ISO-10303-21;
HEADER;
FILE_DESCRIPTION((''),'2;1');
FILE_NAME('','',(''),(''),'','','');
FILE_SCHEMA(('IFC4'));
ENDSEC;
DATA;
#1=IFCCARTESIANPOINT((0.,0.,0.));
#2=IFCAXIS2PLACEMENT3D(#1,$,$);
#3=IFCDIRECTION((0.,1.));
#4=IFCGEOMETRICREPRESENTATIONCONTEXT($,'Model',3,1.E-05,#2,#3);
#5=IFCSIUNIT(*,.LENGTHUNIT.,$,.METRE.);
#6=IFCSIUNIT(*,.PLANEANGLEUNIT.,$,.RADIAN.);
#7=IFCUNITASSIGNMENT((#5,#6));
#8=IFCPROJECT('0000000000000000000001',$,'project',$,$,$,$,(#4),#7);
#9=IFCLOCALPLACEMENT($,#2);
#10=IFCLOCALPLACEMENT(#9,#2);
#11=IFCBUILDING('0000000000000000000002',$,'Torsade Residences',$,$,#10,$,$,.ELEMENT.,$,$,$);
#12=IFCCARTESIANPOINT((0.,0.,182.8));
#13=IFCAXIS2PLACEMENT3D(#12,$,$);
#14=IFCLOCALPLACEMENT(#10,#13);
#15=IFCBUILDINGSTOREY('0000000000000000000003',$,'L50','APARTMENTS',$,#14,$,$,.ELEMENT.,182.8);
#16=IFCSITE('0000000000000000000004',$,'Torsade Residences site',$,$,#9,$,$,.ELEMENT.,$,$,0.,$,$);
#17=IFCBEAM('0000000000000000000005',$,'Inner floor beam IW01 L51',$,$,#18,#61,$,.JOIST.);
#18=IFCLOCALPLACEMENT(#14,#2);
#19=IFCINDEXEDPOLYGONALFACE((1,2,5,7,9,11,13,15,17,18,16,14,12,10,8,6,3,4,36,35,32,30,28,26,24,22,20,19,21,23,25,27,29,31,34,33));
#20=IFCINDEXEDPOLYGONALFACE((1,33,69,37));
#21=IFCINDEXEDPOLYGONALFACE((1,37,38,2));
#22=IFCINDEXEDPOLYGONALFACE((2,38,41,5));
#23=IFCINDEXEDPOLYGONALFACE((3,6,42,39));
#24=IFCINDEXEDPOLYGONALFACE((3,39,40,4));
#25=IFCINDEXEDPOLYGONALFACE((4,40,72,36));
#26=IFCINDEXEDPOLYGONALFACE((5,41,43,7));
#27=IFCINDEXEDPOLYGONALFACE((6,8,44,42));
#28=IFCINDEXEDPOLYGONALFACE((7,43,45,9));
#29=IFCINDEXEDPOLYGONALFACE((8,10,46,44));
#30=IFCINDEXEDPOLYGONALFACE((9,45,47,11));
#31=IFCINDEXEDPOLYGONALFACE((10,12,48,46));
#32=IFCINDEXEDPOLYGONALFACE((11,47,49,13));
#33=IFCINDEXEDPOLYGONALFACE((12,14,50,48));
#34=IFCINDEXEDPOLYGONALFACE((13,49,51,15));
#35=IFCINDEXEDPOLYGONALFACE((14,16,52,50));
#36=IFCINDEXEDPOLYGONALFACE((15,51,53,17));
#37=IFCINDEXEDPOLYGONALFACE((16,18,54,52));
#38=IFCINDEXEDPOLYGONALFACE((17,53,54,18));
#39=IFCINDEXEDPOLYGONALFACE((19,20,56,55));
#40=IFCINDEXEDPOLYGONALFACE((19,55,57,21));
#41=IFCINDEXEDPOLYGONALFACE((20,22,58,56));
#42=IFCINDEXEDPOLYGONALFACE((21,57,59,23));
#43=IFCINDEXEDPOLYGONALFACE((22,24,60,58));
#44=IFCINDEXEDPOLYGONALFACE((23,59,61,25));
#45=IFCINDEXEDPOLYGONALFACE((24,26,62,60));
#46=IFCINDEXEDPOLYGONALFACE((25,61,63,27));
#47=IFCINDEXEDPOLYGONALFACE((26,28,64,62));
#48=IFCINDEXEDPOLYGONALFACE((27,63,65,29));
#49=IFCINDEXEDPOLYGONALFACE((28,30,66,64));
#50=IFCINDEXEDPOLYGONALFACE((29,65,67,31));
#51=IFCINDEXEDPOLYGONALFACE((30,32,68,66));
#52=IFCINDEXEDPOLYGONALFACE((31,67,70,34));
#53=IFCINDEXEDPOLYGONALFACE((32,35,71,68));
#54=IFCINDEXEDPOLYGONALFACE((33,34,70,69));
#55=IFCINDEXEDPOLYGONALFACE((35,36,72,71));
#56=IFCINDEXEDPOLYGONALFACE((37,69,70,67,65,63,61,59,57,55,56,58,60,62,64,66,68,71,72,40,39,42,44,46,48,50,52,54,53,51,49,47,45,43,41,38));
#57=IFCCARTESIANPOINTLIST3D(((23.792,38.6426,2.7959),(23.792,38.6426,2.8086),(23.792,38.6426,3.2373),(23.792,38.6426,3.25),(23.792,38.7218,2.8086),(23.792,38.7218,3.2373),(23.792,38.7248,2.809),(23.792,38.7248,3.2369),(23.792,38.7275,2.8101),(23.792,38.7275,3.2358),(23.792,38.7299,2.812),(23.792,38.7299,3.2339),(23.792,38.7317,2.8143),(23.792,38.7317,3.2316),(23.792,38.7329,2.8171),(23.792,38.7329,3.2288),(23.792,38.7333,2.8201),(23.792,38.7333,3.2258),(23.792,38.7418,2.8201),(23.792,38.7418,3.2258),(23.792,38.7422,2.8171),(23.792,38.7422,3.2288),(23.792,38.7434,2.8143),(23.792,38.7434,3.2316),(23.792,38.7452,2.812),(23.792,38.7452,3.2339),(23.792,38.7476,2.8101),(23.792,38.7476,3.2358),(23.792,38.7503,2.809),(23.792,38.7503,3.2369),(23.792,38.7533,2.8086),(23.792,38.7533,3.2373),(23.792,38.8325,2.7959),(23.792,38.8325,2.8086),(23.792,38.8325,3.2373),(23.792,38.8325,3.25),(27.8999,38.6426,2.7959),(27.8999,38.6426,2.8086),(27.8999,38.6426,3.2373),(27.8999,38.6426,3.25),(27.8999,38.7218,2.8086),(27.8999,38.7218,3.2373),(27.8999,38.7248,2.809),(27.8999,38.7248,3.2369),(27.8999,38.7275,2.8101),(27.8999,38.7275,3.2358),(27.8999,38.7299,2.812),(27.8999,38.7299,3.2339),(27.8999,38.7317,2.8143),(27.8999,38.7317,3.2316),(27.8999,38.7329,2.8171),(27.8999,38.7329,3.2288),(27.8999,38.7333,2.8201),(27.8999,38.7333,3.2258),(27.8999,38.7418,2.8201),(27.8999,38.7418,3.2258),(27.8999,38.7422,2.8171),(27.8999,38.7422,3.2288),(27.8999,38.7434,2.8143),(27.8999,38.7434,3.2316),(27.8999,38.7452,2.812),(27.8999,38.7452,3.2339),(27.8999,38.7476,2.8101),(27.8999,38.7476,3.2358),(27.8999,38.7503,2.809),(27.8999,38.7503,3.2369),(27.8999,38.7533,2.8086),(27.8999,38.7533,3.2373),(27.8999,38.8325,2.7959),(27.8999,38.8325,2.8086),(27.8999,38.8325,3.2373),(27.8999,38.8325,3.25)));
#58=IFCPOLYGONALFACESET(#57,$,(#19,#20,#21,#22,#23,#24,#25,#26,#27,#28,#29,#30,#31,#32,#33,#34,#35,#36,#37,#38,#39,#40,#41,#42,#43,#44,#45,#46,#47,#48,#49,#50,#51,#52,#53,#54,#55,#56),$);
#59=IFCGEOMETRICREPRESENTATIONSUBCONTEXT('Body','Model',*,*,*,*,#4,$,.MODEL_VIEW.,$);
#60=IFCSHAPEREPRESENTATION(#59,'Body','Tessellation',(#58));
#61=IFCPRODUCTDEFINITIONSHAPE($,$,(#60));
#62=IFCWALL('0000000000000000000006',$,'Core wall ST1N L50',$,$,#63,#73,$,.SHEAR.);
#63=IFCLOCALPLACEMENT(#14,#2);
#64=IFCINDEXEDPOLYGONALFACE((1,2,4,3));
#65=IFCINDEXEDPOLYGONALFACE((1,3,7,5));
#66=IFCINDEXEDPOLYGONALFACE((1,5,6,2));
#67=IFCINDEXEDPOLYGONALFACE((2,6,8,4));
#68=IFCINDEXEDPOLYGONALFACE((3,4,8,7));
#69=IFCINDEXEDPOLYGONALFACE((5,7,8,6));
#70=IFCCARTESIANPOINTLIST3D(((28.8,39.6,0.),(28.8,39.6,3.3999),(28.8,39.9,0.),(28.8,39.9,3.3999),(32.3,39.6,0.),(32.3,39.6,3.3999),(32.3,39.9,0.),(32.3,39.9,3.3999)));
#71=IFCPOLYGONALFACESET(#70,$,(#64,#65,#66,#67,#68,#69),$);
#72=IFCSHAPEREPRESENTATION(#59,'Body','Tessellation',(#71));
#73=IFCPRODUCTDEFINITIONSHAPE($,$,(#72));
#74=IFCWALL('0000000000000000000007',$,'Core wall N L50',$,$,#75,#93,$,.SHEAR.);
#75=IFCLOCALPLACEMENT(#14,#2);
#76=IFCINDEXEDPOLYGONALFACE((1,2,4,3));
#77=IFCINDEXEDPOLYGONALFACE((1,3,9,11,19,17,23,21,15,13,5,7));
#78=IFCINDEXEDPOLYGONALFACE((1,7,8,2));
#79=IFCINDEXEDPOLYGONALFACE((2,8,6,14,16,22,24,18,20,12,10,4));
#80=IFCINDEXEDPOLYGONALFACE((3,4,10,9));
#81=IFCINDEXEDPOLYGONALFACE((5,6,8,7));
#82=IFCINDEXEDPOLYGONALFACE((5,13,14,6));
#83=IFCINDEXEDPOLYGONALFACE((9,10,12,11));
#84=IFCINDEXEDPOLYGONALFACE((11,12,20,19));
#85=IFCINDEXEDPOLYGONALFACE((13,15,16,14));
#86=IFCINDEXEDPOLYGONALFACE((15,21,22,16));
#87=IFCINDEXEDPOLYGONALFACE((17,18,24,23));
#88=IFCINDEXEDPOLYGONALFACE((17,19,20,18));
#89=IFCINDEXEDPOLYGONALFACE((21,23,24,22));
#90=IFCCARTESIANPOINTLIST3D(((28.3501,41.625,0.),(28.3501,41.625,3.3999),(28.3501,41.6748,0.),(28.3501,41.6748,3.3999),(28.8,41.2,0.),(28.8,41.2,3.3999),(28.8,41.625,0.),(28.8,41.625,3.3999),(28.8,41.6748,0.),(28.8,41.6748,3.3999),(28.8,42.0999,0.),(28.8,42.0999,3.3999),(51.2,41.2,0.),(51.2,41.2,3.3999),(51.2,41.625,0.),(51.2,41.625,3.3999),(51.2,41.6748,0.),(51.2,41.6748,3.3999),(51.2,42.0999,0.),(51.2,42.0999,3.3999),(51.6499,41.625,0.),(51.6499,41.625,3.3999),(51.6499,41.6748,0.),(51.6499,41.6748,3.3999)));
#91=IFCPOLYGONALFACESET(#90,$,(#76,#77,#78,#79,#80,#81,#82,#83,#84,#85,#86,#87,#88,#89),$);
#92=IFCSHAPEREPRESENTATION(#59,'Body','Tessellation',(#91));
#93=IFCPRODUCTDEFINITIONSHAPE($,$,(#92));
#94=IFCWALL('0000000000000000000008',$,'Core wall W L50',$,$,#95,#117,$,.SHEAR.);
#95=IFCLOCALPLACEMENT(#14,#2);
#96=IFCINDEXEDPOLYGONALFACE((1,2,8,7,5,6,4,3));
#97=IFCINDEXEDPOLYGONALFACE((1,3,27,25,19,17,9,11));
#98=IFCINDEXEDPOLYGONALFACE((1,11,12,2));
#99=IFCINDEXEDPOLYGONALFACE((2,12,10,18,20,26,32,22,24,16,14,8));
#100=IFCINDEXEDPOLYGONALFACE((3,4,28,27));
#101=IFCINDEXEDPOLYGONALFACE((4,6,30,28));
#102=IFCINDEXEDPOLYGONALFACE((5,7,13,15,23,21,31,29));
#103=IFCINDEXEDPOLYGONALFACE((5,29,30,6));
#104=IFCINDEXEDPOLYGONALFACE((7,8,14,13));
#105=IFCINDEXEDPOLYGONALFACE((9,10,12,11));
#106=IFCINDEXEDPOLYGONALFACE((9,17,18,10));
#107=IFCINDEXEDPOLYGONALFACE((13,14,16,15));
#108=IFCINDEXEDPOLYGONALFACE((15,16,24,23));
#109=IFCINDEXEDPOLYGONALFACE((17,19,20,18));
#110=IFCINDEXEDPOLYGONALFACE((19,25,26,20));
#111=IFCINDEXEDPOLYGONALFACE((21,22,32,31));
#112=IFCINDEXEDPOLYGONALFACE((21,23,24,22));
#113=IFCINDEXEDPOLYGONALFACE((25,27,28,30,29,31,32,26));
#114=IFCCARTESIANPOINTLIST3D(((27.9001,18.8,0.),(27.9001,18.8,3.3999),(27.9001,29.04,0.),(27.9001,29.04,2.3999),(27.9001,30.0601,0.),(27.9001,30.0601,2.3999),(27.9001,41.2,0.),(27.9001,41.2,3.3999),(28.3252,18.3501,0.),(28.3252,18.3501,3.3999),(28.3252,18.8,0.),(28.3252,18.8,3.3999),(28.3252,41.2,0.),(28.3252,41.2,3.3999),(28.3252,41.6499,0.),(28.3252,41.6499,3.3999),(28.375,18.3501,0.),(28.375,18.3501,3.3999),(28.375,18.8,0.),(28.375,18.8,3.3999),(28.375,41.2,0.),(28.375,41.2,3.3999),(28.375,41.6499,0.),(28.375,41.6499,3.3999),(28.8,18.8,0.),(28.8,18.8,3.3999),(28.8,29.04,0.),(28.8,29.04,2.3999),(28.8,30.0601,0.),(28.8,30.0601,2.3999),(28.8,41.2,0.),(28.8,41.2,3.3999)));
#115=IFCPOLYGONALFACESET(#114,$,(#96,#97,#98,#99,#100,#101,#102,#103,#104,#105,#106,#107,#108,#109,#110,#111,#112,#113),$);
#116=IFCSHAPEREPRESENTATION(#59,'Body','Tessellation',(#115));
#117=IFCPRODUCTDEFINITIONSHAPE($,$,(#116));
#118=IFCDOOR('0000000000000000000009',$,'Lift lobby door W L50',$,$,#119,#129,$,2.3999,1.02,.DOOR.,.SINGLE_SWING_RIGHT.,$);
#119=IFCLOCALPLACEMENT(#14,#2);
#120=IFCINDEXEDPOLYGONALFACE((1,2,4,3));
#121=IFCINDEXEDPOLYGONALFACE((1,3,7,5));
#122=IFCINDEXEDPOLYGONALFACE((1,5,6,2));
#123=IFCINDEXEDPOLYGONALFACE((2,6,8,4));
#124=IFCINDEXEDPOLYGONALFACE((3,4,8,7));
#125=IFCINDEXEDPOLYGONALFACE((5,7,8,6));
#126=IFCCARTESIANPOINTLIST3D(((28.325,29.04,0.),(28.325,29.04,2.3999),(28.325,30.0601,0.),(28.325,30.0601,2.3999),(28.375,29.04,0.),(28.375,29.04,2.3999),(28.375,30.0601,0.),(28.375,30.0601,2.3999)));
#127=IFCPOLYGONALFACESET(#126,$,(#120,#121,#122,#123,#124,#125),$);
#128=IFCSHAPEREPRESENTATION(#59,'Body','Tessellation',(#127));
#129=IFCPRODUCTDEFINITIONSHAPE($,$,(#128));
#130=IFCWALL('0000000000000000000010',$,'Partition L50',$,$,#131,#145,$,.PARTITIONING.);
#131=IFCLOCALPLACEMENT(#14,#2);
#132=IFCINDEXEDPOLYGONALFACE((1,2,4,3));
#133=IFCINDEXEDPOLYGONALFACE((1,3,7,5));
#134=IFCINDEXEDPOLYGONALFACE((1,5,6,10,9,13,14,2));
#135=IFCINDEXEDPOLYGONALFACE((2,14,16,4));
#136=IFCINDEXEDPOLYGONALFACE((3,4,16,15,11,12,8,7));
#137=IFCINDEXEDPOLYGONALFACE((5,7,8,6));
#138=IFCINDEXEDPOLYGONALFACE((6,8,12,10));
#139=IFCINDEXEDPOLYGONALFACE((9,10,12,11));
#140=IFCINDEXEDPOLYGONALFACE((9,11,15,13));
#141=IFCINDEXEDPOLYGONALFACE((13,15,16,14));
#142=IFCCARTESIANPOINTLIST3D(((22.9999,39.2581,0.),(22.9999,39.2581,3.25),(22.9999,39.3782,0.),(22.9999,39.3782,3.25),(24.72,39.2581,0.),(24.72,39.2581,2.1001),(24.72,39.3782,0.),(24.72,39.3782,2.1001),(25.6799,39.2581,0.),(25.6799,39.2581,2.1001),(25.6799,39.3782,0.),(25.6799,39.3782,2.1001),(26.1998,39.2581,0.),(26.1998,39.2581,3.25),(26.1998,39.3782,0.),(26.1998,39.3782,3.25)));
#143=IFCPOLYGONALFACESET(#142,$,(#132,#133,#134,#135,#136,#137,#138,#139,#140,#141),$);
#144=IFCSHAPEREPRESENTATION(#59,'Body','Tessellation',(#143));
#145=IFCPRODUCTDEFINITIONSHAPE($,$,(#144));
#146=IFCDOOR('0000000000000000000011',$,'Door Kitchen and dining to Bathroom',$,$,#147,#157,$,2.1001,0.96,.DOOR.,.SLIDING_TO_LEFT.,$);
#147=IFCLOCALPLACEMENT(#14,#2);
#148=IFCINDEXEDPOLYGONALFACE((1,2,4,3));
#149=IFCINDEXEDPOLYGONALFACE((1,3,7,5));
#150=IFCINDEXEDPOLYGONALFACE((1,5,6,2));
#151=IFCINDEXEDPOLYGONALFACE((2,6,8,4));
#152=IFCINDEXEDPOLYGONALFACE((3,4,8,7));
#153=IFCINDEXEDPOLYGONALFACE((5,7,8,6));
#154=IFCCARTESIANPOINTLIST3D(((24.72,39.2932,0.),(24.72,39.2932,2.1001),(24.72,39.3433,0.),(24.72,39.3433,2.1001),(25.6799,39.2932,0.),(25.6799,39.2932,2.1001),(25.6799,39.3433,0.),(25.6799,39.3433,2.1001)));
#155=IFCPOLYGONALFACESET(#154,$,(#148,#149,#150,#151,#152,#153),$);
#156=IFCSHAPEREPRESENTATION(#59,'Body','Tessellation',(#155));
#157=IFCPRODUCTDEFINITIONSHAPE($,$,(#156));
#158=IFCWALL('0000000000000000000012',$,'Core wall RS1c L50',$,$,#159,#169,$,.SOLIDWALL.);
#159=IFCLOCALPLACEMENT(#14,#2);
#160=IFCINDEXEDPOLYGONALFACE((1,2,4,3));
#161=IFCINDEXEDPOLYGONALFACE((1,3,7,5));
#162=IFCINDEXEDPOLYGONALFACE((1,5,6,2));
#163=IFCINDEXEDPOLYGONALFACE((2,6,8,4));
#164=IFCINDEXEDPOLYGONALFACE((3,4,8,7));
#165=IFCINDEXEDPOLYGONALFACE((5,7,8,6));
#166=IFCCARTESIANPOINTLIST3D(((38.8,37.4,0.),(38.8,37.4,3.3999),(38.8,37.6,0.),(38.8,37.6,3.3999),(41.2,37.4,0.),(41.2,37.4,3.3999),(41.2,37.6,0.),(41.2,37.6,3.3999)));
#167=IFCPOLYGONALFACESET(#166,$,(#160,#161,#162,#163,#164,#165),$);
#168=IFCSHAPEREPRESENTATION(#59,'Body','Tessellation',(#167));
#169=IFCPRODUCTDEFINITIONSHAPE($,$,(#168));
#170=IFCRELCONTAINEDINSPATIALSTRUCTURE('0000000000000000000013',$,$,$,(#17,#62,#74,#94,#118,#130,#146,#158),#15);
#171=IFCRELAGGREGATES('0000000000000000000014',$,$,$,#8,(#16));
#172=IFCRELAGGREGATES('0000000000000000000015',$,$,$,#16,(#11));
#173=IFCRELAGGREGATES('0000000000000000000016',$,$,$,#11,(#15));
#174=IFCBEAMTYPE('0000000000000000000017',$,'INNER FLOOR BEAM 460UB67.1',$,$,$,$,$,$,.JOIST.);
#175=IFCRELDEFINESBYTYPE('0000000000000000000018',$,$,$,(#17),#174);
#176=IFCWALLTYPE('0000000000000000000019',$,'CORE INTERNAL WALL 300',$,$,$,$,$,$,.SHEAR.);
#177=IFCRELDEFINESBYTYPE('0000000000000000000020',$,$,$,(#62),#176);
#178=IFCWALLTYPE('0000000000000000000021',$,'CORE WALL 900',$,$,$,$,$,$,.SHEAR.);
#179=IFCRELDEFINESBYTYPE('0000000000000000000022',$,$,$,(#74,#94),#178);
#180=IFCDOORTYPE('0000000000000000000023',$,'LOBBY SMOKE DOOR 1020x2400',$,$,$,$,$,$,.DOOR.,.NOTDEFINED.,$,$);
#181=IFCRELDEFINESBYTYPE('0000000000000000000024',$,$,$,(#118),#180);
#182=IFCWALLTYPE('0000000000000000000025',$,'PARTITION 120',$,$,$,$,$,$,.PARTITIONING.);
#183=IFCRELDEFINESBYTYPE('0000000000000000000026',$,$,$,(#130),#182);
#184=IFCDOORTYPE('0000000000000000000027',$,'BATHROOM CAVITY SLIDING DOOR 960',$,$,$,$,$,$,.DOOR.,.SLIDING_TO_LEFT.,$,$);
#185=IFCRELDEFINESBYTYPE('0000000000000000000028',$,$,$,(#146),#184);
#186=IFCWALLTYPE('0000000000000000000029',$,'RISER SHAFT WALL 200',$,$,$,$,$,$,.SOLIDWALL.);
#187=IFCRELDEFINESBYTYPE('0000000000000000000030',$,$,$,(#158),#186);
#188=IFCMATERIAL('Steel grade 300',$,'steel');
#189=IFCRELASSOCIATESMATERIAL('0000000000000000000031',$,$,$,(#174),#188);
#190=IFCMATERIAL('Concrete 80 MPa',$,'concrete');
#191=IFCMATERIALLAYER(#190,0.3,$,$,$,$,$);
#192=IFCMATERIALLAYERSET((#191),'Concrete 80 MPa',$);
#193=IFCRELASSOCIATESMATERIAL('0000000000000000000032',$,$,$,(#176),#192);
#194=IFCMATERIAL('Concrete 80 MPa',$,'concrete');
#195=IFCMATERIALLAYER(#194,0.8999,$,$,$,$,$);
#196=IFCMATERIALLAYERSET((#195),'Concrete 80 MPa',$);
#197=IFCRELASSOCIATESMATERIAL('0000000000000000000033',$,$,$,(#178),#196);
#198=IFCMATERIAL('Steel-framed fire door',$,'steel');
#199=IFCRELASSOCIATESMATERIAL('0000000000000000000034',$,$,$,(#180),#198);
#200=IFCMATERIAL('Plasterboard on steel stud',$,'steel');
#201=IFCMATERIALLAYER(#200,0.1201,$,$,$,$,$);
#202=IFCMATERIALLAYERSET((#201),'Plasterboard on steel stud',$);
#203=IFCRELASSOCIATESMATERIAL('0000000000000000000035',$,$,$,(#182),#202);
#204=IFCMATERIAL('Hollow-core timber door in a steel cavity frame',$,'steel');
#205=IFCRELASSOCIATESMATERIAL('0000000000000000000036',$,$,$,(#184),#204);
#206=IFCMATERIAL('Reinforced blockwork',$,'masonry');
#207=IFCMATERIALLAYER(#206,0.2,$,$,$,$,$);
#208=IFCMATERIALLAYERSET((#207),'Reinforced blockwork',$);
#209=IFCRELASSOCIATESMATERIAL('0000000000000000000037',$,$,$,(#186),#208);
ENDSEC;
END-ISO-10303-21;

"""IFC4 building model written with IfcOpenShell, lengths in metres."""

from ifc_helpers import new_model, si_unit, direction, frame, frame_2d, origin, origin_2d, place, context, subcontext, project, spatial, polyline, rectangle, i_section, outline, extrude, material, layer, layer_set, material_profile, profile_set, type_object, element, fill, save


model = new_model("IFC4")

# Units and contexts
model_context = context("Model", 3, precision=1e-05, world=origin(), true_north=direction((0.0, 1.0)))
body_context = subcontext(model_context, "Body", "Model", "MODEL_VIEW")
ifc_project = project(units=[si_unit("LENGTHUNIT", "METRE"), si_unit("PLANEANGLEUNIT", "RADIAN")], contexts=[model_context])

# Site, building, storey
site_placement = place(None, origin())
site = spatial("IfcSite", under=ifc_project, at=site_placement, Name="Torsade Residences site", CompositionType="ELEMENT", RefElevation=0.0)
building_placement = place(site_placement, origin())
building = spatial("IfcBuilding", under=site, at=building_placement, Name="Torsade Residences", CompositionType="ELEMENT")
storey_placement = place(building_placement, frame((0.0, 0.0, 182.8)))
storey = spatial("IfcBuildingStorey", under=building, at=storey_placement, Name="L50", Description="APARTMENTS", CompositionType="ELEMENT", Elevation=182.8)

# Beam
ifc_material_1 = material(Name="Steel grade 300", Category="steel")
ifc_material_profile_1 = material_profile(ifc_material_1, i_section(OverallWidth=0.1899, OverallDepth=0.4541, WebThickness=0.0085, FlangeThickness=0.0127, FilletRadius=0.0115, at=origin_2d()), Name="460UB67.1")
ifc_profile_set_1 = profile_set([ifc_material_profile_1], Name="Steel grade 300")
beam_type = type_object("IfcBeamType", Name="INNER FLOOR BEAM 460UB67.1", PredefinedType="JOIST", material=ifc_profile_set_1)
beam_1_placement = place(storey_placement, frame((27.8999, 38.7375, 3.0229), z_axis=(-1.0, 0.0, 0.0), x_axis=(0.0, -1.0, 0.0)))
element("IfcBeam", 1, at=beam_1_placement, inside=storey, type_object=beam_type, Name="Inner floor beam IW01 L51", PredefinedType="JOIST", context=body_context, shape_type="SweptSolid", body=[
    extrude(i_section(OverallWidth=0.1899, OverallDepth=0.4541, WebThickness=0.0085, FlangeThickness=0.0127, FilletRadius=0.0115, at=origin_2d()), origin(), (0.0, 0.0, 1.0), 4.1079),
])

# Walls
ifc_material_2 = material(Name="Concrete 80 MPa", Category="concrete")
ifc_layer_1 = layer(ifc_material_2, 0.3)
ifc_layer_set_1 = layer_set([ifc_layer_1], Name="Concrete 80 MPa")
wall_type_1 = type_object("IfcWallType", Name="CORE INTERNAL WALL 300", PredefinedType="SHEAR", material=ifc_layer_set_1)
wall_1_placement = place(storey_placement, frame((28.8, 39.75, 0.0), z_axis=(0.0, 0.0, 1.0), x_axis=(1.0, 0.0, 0.0)))
element("IfcWall", 2, at=wall_1_placement, inside=storey, type_object=wall_type_1, Name="Core wall ST1N L50", PredefinedType="SHEAR", context=body_context, shape_type="SweptSolid", body=[
    extrude(rectangle(XDim=3.5, YDim=0.3, at=frame_2d((1.75, 0.0))), origin(), (0.0, 0.0, 1.0), 3.3999),
])
ifc_material_3 = material(Name="Concrete 80 MPa", Category="concrete")
ifc_layer_2 = layer(ifc_material_3, 0.8999)
ifc_layer_set_2 = layer_set([ifc_layer_2], Name="Concrete 80 MPa")
wall_type_2 = type_object("IfcWallType", Name="CORE WALL 900", PredefinedType="SHEAR", material=ifc_layer_set_2)
wall_2_placement = place(storey_placement, frame((28.8, 41.6499, 0.0), z_axis=(0.0, 0.0, 1.0), x_axis=(1.0, 0.0, 0.0)))
element("IfcWall", 3, at=wall_2_placement, inside=storey, type_object=wall_type_2, Name="Core wall N L50", PredefinedType="SHEAR", context=body_context, shape_type="SweptSolid", body=[
    extrude(outline(polyline([(0.0, -0.45), (22.3999, -0.45), (22.3999, -0.0249), (22.8499, -0.0249), (22.8499, 0.0249), (22.3999, 0.0249), (22.3999, 0.45), (0.0, 0.45), (0.0, 0.0249), (-0.45, 0.0249), (-0.45, -0.0249), (0.0, -0.0249), (0.0, -0.45)])), origin(), (0.0, 0.0, 1.0), 3.3999),
])

# Walls, openings, doors
wall_3_placement = place(storey_placement, frame((28.3501, 41.2, 0.0), z_axis=(0.0, 0.0, 1.0), x_axis=(0.0, -1.0, 0.0)))
wall_3 = element("IfcWall", 4, at=wall_3_placement, inside=storey, type_object=wall_type_2, Name="Core wall W L50", PredefinedType="SHEAR", context=body_context, shape_type="SweptSolid", body=[
    extrude(outline(polyline([(0.0, -0.45), (22.3999, -0.45), (22.3999, -0.0249), (22.8499, -0.0249), (22.8499, 0.0249), (22.3999, 0.0249), (22.3999, 0.45), (0.0, 0.45), (0.0, 0.0249), (-0.45, 0.0249), (-0.45, -0.0249), (0.0, -0.0249), (0.0, -0.45)])), origin(), (0.0, 0.0, 1.0), 3.3999),
])
opening_1_placement = place(wall_3_placement, frame((11.1399, 0.0, 0.0)))
opening_1 = element("IfcOpeningElement", 5, at=opening_1_placement, cuts=wall_3, PredefinedType="OPENING", context=body_context, shape_type="SweptSolid", body=[
    extrude(rectangle(XDim=1.02, YDim=2.3999, at=frame_2d((0.51, 1.2))), frame((0.0, 0.46, 0.0), z_axis=(0.0, -1.0, 0.0), x_axis=(1.0, 0.0, 0.0)), (0.0, 0.0, 1.0), 0.9199),
])
ifc_material_4 = material(Name="Steel-framed fire door", Category="steel")
door_type_1 = type_object("IfcDoorType", Name="LOBBY SMOKE DOOR 1020x2400", OperationType="NOTDEFINED", PredefinedType="DOOR", material=ifc_material_4)
door_1_placement = place(opening_1_placement, origin())
door_1 = element("IfcDoor", 6, at=door_1_placement, inside=storey, type_object=door_type_1, Name="Lift lobby door W L50", OperationType="SINGLE_SWING_RIGHT", OverallHeight=2.3999, OverallWidth=1.02, PredefinedType="DOOR", context=body_context, shape_type="SweptSolid", body=[
    extrude(rectangle(XDim=1.02, YDim=2.3999, at=frame_2d((0.51, 1.2))), frame((0.0, 0.0249, 0.0), z_axis=(0.0, -1.0, 0.0), x_axis=(1.0, 0.0, 0.0)), (0.0, 0.0, 1.0), 0.05),
])
fill(opening_1, door_1)
ifc_material_5 = material(Name="Plasterboard on steel stud", Category="steel")
ifc_layer_3 = layer(ifc_material_5, 0.1201)
ifc_layer_set_3 = layer_set([ifc_layer_3], Name="Plasterboard on steel stud")
wall_type_3 = type_object("IfcWallType", Name="PARTITION 120", PredefinedType="PARTITIONING", material=ifc_layer_set_3)
wall_4_placement = place(storey_placement, frame((26.2, 39.3181, 0.0), z_axis=(0.0, 0.0, 1.0), x_axis=(-1.0, 0.0, 0.0)))
wall_4 = element("IfcWall", 7, at=wall_4_placement, inside=storey, type_object=wall_type_3, Name="Partition L50", PredefinedType="PARTITIONING", context=body_context, shape_type="SweptSolid", body=[
    extrude(rectangle(XDim=3.2, YDim=0.1201, at=frame_2d((1.6001, 0.0))), origin(), (0.0, 0.0, 1.0), 3.25),
])
opening_2_placement = place(wall_4_placement, frame((0.52, 0.0, 0.0)))
opening_2 = element("IfcOpeningElement", 8, at=opening_2_placement, cuts=wall_4, PredefinedType="OPENING", context=body_context, shape_type="SweptSolid", body=[
    extrude(rectangle(XDim=0.96, YDim=2.1001, at=frame_2d((0.48, 1.05))), frame((0.0, 0.0701, 0.0), z_axis=(0.0, -1.0, 0.0), x_axis=(1.0, 0.0, 0.0)), (0.0, 0.0, 1.0), 0.1401),
])
ifc_material_6 = material(Name="Hollow-core timber door in a steel cavity frame", Category="steel")
door_type_2 = type_object("IfcDoorType", Name="BATHROOM CAVITY SLIDING DOOR 960", OperationType="SLIDING_TO_LEFT", PredefinedType="DOOR", material=ifc_material_6)
door_2_placement = place(opening_2_placement, origin())
door_2 = element("IfcDoor", 9, at=door_2_placement, inside=storey, type_object=door_type_2, Name="Door Kitchen and dining to Bathroom", OperationType="SLIDING_TO_LEFT", OverallHeight=2.1001, OverallWidth=0.96, PredefinedType="DOOR", context=body_context, shape_type="SweptSolid", body=[
    extrude(rectangle(XDim=0.96, YDim=2.1001, at=frame_2d((0.48, 1.05))), frame((0.0, 0.0249, 0.0), z_axis=(0.0, -1.0, 0.0), x_axis=(1.0, 0.0, 0.0)), (0.0, 0.0, 1.0), 0.05),
])
fill(opening_2, door_2)

# Wall
ifc_material_7 = material(Name="Reinforced blockwork", Category="masonry")
ifc_layer_4 = layer(ifc_material_7, 0.2)
ifc_layer_set_4 = layer_set([ifc_layer_4], Name="Reinforced blockwork")
wall_type_4 = type_object("IfcWallType", Name="RISER SHAFT WALL 200", PredefinedType="SOLIDWALL", material=ifc_layer_set_4)
for number, where, z_axis, x_axis, name in (
    (10, (38.8, 37.5, 0.0), (0.0, 0.0, 1.0), (1.0, 0.0, 0.0), "Core wall RS1c L50"),
):
    element("IfcWall", number, at=place(storey_placement, frame(where, z_axis=z_axis, x_axis=x_axis)), inside=storey, type_object=wall_type_4, Name=name, PredefinedType="SOLIDWALL", context=body_context, shape_type="SweptSolid", body=[
        extrude(rectangle(XDim=2.3999, YDim=0.2, at=frame_2d((1.2, 0.0))), origin(), (0.0, 0.0, 1.0), 3.3999),
    ])

save(model, "model.ifc")
